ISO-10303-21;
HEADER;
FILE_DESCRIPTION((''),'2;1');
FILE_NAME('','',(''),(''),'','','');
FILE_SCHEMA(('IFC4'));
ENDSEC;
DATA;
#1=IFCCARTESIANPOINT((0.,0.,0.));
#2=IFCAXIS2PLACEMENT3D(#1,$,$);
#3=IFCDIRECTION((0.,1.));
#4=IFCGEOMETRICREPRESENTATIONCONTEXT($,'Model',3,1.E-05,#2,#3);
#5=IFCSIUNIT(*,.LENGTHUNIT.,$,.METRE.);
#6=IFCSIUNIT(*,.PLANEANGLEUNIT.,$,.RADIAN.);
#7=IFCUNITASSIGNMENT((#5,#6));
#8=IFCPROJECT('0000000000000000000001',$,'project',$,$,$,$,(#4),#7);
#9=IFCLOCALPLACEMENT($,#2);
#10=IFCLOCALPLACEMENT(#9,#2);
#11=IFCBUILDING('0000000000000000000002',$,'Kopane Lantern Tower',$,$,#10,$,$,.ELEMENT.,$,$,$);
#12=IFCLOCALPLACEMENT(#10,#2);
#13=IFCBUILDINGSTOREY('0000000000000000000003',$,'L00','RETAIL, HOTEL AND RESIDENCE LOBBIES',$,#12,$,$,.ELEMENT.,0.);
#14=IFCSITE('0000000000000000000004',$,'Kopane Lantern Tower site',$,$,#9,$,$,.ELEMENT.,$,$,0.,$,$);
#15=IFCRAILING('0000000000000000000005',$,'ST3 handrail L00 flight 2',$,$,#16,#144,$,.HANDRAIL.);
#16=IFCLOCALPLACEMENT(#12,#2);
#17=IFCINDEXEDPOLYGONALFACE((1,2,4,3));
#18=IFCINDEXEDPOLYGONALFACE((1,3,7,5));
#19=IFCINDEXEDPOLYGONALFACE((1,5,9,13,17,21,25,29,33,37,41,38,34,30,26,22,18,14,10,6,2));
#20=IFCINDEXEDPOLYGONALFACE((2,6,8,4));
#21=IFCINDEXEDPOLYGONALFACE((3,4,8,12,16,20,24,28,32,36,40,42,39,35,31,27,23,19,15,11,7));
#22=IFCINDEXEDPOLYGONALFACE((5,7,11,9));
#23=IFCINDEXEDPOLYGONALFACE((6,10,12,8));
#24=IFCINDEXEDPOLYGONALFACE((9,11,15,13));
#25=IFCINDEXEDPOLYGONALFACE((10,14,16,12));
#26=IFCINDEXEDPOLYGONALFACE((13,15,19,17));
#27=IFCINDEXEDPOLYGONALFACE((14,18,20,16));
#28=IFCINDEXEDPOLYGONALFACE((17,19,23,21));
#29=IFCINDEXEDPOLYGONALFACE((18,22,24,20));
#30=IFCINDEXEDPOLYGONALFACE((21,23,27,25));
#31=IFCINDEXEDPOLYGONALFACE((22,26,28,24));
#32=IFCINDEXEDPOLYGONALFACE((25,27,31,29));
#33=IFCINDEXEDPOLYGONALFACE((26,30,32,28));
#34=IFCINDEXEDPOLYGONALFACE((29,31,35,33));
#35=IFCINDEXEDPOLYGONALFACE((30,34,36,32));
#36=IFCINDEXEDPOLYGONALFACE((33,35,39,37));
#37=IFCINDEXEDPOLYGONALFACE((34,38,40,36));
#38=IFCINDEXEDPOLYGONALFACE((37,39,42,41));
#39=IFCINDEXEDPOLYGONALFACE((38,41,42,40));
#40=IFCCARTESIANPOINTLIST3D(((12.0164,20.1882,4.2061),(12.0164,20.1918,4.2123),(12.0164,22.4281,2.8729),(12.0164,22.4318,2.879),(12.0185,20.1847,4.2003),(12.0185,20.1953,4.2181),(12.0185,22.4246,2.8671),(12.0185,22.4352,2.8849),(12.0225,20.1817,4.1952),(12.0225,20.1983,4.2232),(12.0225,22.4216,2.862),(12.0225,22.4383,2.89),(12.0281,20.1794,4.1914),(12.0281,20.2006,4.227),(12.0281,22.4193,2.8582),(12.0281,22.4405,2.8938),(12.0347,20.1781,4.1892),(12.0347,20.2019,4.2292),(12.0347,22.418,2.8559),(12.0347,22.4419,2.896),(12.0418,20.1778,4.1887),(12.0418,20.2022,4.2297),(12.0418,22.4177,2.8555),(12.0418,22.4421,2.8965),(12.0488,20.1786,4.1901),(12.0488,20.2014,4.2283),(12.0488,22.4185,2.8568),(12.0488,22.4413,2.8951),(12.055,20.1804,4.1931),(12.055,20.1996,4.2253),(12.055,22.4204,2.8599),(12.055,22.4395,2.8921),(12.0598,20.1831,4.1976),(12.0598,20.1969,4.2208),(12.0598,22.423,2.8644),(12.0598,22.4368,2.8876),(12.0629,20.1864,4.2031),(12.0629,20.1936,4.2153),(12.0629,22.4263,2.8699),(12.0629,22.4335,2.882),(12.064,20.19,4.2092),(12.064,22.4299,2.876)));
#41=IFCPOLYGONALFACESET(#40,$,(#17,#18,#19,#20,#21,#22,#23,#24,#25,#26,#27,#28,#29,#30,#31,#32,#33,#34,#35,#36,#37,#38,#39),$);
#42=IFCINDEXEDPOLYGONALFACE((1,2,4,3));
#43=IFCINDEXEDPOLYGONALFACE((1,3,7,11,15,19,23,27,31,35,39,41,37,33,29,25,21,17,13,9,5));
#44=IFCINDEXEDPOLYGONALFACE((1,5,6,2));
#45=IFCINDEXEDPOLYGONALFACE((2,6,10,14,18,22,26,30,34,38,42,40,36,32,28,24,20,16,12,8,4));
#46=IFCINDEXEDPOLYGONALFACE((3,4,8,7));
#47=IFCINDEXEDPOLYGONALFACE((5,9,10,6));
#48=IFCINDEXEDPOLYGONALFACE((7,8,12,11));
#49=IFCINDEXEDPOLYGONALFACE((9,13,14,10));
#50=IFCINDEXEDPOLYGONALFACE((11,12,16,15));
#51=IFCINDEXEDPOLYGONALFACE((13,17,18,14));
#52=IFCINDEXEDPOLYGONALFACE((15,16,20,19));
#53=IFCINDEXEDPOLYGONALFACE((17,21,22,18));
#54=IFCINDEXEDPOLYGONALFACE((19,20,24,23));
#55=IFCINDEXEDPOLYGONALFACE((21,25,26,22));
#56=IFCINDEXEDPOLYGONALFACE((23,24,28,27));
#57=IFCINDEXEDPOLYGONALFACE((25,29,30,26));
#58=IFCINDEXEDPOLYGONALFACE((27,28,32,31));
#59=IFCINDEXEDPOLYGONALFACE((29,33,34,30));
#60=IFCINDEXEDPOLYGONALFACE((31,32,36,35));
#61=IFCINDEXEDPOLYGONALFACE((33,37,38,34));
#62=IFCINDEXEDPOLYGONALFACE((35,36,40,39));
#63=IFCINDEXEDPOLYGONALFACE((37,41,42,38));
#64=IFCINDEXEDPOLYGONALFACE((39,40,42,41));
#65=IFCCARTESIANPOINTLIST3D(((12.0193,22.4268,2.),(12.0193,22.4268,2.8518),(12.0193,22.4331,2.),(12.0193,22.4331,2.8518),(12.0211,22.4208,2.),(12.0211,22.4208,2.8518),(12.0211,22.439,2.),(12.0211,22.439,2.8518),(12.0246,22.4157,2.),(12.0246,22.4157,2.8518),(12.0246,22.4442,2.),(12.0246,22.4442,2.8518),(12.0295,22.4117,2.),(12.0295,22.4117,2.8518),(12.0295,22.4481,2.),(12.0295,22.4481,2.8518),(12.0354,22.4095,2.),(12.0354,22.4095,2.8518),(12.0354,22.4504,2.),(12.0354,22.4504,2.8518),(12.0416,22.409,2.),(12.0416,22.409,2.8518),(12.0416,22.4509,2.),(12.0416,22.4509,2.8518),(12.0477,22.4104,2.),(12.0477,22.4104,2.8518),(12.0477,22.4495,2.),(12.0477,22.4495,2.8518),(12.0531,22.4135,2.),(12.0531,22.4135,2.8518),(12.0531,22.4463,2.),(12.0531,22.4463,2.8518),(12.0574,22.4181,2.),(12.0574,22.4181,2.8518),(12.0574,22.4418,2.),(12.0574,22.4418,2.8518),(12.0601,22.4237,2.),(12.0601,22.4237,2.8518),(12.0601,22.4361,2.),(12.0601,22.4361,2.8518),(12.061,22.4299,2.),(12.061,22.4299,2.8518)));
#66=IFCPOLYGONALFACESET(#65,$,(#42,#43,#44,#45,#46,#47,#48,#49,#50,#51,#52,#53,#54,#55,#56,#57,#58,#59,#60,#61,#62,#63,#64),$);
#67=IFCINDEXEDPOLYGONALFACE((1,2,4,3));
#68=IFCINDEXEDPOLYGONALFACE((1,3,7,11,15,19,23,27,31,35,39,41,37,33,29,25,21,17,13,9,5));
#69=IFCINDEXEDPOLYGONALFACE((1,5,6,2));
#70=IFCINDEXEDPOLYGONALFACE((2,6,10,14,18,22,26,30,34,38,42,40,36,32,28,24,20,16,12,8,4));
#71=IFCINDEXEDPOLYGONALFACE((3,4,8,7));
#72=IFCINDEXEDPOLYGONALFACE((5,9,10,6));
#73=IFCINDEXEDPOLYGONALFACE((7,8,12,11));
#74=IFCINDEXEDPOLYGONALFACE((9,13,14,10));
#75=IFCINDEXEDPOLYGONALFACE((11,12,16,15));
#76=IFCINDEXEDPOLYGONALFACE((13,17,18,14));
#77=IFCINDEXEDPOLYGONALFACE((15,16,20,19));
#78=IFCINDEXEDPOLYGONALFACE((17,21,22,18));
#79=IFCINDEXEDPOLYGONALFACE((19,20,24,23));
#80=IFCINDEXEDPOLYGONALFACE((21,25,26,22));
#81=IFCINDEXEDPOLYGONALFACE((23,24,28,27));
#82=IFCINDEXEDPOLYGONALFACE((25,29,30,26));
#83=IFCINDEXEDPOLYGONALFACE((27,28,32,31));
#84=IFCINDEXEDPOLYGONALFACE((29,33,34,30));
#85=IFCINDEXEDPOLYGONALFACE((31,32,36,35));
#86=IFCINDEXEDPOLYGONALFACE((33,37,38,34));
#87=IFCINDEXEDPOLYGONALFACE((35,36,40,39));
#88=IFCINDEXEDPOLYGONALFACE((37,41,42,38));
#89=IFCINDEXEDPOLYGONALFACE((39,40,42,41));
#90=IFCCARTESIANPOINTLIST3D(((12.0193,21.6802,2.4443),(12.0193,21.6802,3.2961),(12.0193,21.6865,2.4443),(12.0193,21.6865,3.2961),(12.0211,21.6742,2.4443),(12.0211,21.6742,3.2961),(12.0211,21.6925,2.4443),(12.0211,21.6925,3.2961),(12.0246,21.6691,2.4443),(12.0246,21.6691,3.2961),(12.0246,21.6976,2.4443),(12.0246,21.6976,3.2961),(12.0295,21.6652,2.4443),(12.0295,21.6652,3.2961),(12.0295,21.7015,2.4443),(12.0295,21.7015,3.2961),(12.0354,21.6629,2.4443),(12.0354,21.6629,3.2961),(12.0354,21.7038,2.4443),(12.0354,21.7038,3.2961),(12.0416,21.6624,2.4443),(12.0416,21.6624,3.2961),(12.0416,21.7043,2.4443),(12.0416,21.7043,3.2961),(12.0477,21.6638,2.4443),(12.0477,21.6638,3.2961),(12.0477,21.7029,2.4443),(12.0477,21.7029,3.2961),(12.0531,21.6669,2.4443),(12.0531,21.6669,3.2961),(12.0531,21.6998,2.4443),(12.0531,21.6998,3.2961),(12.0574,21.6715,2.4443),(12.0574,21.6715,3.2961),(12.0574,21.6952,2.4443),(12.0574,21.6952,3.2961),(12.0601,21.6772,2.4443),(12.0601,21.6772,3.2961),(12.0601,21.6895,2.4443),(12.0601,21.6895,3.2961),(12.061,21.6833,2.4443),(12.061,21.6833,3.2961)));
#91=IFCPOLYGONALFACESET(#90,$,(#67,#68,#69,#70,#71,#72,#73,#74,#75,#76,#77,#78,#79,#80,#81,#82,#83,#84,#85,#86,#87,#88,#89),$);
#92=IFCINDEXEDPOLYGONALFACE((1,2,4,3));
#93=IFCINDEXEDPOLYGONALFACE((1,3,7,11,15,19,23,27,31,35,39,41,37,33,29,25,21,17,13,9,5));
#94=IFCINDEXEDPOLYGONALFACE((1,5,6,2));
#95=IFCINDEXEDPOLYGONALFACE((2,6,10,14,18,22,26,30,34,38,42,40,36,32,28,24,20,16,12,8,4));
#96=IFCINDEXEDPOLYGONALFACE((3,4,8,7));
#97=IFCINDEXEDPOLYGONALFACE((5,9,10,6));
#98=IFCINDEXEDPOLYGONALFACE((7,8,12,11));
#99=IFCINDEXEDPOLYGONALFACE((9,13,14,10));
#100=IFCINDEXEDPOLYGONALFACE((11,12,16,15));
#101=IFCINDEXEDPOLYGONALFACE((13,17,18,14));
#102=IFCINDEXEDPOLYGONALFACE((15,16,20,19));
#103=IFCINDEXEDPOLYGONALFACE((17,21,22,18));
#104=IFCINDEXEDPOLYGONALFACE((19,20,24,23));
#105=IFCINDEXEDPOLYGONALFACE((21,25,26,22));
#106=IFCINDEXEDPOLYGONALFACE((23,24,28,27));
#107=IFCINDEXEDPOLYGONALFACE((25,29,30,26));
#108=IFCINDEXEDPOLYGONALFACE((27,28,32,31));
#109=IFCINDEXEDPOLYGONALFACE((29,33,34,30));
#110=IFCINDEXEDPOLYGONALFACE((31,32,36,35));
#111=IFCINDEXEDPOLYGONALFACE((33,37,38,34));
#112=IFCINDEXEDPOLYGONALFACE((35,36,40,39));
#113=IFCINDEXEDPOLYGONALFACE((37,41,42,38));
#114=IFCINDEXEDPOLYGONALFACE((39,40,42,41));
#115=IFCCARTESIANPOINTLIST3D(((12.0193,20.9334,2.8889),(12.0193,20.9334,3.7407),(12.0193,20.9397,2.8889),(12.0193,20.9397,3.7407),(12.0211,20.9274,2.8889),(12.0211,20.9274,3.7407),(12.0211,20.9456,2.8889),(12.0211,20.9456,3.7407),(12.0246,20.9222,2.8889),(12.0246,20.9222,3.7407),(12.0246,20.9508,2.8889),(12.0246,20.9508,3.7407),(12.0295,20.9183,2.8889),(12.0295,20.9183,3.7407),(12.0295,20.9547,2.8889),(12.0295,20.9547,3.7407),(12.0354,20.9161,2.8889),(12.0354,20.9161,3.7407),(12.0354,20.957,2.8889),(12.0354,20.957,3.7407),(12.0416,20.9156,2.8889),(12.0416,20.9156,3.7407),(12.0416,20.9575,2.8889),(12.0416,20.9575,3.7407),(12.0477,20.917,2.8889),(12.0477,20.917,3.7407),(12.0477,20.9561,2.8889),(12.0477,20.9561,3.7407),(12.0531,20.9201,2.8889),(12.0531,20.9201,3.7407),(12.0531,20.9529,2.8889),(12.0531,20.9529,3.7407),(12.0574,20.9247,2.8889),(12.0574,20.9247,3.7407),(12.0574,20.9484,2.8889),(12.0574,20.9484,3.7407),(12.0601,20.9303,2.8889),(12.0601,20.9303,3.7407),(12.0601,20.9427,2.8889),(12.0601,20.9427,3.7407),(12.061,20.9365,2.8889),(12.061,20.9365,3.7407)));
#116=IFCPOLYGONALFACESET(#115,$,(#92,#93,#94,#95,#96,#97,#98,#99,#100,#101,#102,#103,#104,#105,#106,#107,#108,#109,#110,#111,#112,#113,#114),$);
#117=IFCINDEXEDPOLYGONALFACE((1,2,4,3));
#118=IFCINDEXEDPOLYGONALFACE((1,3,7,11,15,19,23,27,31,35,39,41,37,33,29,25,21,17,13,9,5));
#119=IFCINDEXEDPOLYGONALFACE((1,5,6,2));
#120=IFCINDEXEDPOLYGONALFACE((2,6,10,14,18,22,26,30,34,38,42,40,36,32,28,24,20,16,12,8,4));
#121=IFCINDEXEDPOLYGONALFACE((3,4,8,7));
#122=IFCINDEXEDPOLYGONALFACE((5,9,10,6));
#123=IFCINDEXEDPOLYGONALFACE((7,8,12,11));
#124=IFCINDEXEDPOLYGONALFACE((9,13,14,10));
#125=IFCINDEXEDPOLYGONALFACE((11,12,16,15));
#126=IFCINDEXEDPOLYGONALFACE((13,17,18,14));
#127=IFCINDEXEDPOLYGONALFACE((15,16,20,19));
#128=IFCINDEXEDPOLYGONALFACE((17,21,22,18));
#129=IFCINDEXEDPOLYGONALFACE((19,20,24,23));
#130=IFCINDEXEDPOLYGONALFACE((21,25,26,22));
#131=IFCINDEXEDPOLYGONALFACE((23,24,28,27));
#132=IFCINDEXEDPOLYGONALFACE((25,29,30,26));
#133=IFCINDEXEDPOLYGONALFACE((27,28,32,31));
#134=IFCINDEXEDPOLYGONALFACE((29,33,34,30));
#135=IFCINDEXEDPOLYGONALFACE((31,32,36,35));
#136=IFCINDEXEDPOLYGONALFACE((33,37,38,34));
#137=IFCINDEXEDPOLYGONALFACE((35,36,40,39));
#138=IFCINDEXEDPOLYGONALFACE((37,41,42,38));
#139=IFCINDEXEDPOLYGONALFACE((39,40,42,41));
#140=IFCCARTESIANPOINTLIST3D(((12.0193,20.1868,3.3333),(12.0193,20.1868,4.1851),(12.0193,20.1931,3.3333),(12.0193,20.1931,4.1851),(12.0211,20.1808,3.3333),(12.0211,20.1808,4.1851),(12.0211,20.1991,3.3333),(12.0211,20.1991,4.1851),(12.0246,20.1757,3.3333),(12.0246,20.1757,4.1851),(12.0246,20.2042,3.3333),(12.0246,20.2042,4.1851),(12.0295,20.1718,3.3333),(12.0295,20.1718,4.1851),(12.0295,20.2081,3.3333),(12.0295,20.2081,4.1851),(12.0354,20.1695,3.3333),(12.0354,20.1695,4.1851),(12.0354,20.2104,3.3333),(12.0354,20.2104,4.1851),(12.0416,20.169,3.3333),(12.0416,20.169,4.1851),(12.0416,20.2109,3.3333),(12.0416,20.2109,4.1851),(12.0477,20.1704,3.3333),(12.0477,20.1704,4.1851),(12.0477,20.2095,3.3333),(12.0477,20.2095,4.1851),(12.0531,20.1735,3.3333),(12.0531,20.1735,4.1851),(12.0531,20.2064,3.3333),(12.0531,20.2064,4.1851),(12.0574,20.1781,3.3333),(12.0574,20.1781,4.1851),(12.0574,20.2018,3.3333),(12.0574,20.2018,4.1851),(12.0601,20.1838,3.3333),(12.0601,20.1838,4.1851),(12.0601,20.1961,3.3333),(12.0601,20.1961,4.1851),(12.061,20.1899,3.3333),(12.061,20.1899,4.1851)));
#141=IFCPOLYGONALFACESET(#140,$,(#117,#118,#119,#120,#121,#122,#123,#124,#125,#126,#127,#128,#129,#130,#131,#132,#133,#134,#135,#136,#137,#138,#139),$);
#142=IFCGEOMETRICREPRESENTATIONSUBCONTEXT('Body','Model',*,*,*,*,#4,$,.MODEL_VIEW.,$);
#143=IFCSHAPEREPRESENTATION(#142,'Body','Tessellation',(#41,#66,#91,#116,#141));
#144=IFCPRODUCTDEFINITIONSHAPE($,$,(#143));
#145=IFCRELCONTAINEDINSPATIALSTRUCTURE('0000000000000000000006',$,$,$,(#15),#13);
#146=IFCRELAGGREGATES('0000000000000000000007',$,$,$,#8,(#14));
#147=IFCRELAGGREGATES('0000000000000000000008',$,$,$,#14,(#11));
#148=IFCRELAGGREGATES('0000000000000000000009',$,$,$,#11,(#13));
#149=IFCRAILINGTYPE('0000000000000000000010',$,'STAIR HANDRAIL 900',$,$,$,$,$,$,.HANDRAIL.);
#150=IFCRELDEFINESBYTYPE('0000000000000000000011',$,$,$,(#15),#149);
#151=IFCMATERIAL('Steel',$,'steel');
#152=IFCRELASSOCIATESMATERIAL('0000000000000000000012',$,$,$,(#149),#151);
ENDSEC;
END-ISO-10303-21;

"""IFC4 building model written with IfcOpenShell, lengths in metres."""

from ifc_helpers import new_model, si_unit, direction, frame, origin, origin_2d, place, context, subcontext, project, spatial, circle, extrude, material, type_object, element, save


model = new_model("IFC4")

# Units and contexts
model_context = context("Model", 3, precision=1e-05, world=origin(), true_north=direction((0.0, 1.0)))
body_context = subcontext(model_context, "Body", "Model", "MODEL_VIEW")
ifc_project = project(units=[si_unit("LENGTHUNIT", "METRE"), si_unit("PLANEANGLEUNIT", "RADIAN")], contexts=[model_context])

# Site, building, storey
site_placement = place(None, origin())
site = spatial("IfcSite", under=ifc_project, at=site_placement, Name="Kopane Lantern Tower site", CompositionType="ELEMENT", RefElevation=0.0)
building_placement = place(site_placement, origin())
building = spatial("IfcBuilding", under=site, at=building_placement, Name="Kopane Lantern Tower", CompositionType="ELEMENT")
storey_placement = place(building_placement, origin())
storey = spatial("IfcBuildingStorey", under=building, at=storey_placement, Name="L00", Description="RETAIL, HOTEL AND RESIDENCE LOBBIES", CompositionType="ELEMENT", Elevation=0.0)

# Railing
ifc_material_1 = material(Name="Steel", Category="steel")
railing_type_1 = type_object("IfcRailingType", Name="STAIR HANDRAIL 900", PredefinedType="HANDRAIL", material=ifc_material_1)
for number, where, name in (
    (1, (12.04, 22.4299, 2.0), "ST3 handrail L00 flight 2"),
):
    element("IfcRailing", number, at=place(storey_placement, frame(where)), inside=storey, type_object=railing_type_1, Name=name, PredefinedType="HANDRAIL", context=body_context, shape_type="SweptSolid", body=[
        extrude(circle(Radius=0.0239, at=origin_2d()), frame((0.0, 0.0, 0.876), z_axis=(0.0, -0.859306, 0.511462), x_axis=(1.0, 0.0, 0.0)), (0.0, 0.0, 1.0), 2.6067),
        extrude(circle(Radius=0.021, at=origin_2d()), origin(), (0.0, 0.0, 1.0), 0.8518),
        extrude(circle(Radius=0.021, at=origin_2d()), frame((0.0, -0.7466, 0.4443)), (0.0, 0.0, 1.0), 0.8518),
        extrude(circle(Radius=0.021, at=origin_2d()), frame((0.0, -1.4934, 0.8889)), (0.0, 0.0, 1.0), 0.8518),
        extrude(circle(Radius=0.021, at=origin_2d()), frame((0.0, -2.24, 1.3333)), (0.0, 0.0, 1.0), 0.8518),
    ])

save(model, "model.ifc")
